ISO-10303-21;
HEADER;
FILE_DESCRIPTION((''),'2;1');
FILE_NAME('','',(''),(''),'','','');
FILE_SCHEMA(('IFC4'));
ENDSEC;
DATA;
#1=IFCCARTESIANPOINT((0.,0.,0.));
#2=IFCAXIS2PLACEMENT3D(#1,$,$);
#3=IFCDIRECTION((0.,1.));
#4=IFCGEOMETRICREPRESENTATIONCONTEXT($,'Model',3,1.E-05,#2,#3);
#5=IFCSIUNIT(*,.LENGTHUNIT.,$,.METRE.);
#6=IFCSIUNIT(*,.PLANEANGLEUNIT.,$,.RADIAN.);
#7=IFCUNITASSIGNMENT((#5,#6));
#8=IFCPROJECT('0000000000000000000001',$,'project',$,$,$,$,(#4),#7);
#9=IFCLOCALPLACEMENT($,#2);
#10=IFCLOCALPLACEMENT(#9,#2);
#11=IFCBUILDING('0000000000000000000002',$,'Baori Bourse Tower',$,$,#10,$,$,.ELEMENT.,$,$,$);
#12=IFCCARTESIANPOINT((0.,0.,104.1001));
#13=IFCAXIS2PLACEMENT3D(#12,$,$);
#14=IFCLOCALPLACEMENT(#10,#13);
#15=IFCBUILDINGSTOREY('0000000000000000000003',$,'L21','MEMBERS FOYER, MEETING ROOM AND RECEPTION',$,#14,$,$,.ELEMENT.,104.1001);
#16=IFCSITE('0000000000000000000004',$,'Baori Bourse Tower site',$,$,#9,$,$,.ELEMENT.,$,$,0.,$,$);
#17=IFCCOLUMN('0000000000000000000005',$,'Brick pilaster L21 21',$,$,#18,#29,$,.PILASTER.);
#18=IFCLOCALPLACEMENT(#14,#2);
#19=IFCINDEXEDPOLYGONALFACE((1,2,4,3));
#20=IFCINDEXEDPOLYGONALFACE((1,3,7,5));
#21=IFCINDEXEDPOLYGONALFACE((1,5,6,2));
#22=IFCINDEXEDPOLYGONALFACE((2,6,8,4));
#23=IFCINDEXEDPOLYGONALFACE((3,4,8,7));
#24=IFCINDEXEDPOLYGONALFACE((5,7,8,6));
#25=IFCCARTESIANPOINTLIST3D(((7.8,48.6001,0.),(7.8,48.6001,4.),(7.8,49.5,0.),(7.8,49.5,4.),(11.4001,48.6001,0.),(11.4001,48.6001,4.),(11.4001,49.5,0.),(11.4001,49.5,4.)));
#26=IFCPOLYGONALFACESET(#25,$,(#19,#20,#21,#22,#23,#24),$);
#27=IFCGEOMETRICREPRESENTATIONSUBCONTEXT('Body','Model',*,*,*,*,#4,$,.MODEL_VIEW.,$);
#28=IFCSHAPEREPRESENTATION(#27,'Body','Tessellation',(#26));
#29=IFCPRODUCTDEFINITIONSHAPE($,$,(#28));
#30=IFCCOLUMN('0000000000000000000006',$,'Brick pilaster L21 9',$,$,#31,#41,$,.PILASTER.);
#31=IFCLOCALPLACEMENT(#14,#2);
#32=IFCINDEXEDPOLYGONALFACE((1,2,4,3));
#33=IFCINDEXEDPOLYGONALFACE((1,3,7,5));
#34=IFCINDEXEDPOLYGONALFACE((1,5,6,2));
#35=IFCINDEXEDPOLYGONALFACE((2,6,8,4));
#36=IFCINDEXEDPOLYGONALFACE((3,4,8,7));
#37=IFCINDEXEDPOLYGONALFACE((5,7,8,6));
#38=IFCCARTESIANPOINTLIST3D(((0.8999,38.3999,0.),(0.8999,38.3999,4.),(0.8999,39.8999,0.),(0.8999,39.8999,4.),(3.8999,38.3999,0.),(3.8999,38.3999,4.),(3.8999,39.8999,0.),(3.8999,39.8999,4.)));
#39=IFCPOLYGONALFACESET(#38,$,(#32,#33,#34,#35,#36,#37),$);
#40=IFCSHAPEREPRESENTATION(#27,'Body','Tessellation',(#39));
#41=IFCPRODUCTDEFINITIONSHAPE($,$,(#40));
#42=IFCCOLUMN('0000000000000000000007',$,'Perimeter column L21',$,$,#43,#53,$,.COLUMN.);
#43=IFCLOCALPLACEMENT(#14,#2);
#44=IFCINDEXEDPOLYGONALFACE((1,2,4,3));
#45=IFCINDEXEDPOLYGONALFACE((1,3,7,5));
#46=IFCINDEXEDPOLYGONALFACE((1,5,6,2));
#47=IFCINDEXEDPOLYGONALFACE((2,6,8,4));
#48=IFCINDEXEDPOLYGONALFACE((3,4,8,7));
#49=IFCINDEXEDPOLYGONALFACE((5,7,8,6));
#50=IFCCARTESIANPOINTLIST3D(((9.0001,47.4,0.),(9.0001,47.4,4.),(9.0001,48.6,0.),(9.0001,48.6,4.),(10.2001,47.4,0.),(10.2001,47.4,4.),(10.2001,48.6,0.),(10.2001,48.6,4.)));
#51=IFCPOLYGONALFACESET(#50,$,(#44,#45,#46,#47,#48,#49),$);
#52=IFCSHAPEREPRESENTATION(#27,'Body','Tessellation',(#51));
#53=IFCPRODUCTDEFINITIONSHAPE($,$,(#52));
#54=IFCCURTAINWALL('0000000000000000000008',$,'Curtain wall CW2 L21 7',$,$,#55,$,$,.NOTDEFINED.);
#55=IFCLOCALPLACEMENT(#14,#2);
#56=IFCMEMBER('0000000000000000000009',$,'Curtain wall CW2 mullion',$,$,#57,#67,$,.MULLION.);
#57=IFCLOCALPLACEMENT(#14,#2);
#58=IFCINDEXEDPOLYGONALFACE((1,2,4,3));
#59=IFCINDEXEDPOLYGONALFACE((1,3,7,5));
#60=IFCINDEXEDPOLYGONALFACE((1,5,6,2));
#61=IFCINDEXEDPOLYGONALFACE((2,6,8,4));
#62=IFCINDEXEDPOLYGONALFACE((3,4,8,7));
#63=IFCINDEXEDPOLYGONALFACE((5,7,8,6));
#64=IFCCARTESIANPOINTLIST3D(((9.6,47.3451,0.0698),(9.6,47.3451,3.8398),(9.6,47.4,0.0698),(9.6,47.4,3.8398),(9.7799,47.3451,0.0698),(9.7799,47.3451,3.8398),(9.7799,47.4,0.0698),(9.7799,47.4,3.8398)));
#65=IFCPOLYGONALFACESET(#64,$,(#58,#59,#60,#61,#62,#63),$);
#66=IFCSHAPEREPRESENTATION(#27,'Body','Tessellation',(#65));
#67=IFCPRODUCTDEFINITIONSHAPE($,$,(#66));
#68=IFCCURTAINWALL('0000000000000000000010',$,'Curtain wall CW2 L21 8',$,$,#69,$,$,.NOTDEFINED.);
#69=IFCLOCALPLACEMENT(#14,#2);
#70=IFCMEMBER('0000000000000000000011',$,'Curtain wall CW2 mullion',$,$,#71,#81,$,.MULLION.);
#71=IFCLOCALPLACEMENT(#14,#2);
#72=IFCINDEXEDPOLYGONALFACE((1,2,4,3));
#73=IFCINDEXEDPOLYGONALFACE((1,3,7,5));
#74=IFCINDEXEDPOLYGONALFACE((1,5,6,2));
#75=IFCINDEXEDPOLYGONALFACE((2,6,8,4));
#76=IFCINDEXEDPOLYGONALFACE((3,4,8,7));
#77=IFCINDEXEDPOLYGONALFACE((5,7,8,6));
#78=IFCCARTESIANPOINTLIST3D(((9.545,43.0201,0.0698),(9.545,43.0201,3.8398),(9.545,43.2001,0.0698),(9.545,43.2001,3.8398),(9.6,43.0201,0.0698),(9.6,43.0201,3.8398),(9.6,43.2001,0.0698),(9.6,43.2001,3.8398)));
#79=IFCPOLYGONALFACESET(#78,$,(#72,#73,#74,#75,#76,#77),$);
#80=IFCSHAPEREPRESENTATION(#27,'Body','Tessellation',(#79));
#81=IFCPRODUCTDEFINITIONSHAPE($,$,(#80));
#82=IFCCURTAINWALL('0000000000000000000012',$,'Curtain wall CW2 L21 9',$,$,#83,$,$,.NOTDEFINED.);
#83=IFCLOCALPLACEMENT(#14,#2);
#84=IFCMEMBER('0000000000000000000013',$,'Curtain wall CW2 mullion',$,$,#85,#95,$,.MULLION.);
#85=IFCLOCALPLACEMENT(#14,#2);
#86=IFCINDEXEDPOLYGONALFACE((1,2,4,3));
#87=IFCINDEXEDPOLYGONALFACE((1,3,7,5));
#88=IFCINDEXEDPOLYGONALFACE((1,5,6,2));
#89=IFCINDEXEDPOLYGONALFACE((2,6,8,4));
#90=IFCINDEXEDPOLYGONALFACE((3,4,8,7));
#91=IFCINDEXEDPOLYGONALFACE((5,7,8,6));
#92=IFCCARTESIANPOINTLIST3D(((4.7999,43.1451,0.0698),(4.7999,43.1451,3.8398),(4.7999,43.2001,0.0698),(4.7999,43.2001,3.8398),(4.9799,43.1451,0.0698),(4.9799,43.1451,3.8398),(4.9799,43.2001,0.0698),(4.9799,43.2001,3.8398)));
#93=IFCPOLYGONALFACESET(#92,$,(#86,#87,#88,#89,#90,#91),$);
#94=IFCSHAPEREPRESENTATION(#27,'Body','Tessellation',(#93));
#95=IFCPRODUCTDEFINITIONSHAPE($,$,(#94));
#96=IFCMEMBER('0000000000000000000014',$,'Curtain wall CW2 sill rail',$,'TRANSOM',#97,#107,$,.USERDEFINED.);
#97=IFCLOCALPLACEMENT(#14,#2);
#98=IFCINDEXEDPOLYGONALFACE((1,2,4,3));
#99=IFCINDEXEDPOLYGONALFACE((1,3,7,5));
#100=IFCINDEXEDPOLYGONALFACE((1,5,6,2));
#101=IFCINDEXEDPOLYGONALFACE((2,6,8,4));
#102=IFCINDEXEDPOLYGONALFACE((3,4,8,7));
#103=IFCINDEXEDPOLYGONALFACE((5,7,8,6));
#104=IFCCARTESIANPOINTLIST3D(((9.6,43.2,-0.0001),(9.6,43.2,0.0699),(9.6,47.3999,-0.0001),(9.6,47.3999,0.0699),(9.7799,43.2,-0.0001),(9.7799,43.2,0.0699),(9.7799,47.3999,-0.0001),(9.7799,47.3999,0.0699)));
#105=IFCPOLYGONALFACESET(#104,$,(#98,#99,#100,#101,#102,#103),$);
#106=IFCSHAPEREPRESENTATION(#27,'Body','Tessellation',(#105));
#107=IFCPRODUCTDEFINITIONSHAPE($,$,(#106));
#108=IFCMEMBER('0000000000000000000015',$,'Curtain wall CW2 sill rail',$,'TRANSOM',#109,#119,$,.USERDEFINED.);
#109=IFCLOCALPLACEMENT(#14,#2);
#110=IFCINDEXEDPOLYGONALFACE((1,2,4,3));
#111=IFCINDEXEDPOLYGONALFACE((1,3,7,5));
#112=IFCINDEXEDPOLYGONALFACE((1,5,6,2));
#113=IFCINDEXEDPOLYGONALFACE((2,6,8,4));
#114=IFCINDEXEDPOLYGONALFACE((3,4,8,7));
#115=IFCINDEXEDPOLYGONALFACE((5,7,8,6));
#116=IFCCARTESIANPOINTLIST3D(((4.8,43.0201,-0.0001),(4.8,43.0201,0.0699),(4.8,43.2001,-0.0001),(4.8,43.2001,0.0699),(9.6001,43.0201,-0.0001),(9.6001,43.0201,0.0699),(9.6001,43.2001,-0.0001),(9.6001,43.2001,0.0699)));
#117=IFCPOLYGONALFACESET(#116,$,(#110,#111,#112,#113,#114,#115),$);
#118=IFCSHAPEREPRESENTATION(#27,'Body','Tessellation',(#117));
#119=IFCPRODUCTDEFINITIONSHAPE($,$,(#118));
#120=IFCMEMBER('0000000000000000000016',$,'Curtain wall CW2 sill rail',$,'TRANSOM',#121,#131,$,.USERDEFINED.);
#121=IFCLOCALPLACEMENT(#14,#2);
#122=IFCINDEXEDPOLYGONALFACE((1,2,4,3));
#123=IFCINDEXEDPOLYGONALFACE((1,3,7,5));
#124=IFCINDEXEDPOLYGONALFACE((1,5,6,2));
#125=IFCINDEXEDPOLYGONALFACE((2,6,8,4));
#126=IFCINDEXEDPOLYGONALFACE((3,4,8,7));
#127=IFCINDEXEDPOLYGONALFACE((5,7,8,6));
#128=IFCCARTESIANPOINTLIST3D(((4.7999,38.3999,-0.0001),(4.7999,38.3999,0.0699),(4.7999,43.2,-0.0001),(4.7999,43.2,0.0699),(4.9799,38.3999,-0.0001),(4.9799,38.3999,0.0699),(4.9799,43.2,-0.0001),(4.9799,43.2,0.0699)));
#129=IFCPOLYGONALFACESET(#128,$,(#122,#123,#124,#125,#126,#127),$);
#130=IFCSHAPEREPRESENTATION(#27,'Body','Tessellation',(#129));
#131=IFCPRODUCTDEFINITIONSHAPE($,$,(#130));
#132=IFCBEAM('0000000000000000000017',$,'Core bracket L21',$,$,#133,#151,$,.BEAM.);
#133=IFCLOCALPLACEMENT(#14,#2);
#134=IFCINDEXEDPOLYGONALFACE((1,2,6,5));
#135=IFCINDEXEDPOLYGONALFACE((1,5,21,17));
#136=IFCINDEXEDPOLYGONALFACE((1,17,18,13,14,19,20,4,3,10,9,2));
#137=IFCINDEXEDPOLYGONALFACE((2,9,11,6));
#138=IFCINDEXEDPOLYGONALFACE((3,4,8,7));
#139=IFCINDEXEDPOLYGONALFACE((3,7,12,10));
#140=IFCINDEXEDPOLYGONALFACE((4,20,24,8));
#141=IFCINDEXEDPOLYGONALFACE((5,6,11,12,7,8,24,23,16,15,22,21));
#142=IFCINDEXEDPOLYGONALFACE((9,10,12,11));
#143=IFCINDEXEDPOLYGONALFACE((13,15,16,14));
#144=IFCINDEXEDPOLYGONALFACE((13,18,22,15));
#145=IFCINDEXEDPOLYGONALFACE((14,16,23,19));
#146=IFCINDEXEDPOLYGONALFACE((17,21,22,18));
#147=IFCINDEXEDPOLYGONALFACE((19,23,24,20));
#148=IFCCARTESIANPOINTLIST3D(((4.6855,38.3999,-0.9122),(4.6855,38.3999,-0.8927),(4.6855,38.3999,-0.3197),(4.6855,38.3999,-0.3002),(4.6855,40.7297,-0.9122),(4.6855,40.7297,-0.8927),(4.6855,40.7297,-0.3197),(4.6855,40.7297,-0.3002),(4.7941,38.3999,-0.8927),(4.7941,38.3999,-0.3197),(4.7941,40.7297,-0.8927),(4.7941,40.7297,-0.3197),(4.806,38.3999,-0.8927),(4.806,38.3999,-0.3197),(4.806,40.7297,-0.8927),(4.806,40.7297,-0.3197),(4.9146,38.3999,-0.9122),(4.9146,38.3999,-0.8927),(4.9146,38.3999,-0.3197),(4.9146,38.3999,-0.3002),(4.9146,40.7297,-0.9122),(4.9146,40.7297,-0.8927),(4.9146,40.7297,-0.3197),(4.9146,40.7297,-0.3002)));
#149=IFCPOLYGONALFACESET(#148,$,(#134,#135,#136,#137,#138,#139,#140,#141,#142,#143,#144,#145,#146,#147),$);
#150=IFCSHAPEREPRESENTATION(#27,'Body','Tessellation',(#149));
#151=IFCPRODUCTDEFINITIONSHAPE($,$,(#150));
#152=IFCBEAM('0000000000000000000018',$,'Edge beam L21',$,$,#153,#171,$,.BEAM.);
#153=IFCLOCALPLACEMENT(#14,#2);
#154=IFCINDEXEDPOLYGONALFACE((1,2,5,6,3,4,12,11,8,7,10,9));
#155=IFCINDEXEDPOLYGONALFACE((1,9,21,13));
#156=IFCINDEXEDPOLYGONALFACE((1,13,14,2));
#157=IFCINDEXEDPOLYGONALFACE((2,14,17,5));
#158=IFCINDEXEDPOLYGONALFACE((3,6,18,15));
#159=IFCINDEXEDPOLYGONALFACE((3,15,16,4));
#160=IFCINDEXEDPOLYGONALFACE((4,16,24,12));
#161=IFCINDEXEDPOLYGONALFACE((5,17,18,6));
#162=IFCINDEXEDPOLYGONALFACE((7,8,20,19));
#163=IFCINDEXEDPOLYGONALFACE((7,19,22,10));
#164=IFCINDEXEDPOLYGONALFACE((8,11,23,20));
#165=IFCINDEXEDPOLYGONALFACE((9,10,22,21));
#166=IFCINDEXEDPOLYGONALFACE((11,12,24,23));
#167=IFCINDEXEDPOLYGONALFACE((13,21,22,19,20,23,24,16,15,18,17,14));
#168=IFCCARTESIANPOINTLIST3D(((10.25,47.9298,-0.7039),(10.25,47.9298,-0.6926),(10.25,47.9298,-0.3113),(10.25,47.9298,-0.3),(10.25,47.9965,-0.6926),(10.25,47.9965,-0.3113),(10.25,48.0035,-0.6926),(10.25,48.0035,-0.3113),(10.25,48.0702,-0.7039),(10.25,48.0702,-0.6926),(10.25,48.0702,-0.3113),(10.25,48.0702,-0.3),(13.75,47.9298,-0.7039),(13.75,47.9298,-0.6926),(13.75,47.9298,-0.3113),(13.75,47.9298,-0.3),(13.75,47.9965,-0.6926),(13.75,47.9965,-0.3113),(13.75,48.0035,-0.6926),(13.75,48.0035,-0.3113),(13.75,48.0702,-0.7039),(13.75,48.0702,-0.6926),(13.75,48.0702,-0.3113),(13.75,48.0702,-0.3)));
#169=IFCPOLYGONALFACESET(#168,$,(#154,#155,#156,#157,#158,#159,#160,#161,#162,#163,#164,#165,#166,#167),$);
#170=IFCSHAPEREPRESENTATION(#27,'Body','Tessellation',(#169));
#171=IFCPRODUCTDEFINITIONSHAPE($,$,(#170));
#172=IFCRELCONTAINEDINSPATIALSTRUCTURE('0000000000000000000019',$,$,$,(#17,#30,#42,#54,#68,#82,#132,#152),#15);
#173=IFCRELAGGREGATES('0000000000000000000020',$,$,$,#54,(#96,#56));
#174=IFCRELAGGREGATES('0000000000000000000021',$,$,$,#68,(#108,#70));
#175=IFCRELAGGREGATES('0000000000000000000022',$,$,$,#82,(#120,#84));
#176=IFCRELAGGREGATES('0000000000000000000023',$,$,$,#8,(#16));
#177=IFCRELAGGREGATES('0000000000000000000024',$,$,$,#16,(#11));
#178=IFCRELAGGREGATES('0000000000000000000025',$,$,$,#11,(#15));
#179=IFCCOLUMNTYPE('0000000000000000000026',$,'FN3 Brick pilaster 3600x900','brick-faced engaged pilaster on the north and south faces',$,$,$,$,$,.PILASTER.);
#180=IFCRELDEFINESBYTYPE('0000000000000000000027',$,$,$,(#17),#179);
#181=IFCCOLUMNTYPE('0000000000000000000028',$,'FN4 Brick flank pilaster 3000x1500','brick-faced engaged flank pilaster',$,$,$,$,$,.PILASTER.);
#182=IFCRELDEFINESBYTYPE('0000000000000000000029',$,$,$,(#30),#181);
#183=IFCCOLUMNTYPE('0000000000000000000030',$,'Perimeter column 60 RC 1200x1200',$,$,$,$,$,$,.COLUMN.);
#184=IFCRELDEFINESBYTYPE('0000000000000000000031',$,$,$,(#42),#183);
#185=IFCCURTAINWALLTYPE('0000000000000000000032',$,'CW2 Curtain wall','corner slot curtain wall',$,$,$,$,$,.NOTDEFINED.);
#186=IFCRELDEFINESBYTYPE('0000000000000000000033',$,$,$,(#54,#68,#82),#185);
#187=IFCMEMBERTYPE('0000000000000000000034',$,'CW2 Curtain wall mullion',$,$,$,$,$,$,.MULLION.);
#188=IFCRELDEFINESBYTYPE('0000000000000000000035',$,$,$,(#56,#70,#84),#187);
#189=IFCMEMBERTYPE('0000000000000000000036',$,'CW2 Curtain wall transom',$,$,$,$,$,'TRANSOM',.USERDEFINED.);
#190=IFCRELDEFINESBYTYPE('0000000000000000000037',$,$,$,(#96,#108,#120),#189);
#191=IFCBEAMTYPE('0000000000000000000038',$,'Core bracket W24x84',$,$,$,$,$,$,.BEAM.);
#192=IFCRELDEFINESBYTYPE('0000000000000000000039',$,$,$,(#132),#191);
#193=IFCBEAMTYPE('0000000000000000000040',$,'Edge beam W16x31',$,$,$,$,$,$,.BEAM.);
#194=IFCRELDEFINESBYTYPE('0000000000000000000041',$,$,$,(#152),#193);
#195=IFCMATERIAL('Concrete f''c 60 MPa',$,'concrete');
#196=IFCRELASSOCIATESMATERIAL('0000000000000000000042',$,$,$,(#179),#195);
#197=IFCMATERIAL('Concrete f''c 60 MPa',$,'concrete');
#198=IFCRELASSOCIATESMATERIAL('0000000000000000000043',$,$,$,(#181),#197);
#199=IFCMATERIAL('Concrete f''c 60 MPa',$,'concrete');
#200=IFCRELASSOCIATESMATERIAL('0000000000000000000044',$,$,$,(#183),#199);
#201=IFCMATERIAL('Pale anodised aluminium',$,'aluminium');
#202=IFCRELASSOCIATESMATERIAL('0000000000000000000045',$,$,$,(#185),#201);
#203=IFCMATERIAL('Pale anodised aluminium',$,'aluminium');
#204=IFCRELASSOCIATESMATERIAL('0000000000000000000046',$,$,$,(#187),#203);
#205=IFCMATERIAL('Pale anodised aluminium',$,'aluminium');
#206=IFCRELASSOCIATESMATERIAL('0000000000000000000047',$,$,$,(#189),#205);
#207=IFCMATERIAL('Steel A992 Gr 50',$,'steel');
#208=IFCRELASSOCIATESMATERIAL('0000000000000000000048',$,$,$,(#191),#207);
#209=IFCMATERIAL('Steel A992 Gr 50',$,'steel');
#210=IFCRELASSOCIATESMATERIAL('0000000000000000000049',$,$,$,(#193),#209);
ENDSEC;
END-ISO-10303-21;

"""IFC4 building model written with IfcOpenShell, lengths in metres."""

from ifc_helpers import new_model, si_unit, direction, frame, origin, origin_2d, place, context, subcontext, project, spatial, rectangle, i_section, extrude, material, material_profile, profile_set, type_object, element, aggregate, save


model = new_model("IFC4")

# Units and contexts
model_context = context("Model", 3, precision=1e-05, world=origin(), true_north=direction((0.0, 1.0)))
body_context = subcontext(model_context, "Body", "Model", "MODEL_VIEW")
ifc_project = project(units=[si_unit("LENGTHUNIT", "METRE"), si_unit("PLANEANGLEUNIT", "RADIAN")], contexts=[model_context])

# Site, building, storey
site_placement = place(None, origin())
site = spatial("IfcSite", under=ifc_project, at=site_placement, Name="Baori Bourse Tower site", CompositionType="ELEMENT", RefElevation=0.0)
building_placement = place(site_placement, origin())
building = spatial("IfcBuilding", under=site, at=building_placement, Name="Baori Bourse Tower", CompositionType="ELEMENT")
storey_placement = place(building_placement, frame((0.0, 0.0, 104.1001)))
storey = spatial("IfcBuildingStorey", under=building, at=storey_placement, Name="L21", Description="MEMBERS FOYER, MEETING ROOM AND RECEPTION", CompositionType="ELEMENT", Elevation=104.1001)

# Columns
ifc_material_1 = material(Name="Concrete f'c 60 MPa", Category="concrete")
ifc_material_profile_1 = material_profile(ifc_material_1, rectangle(XDim=3.6001, YDim=0.8999, at=origin_2d()), Name="RC 3600x900")
ifc_profile_set_1 = profile_set([ifc_material_profile_1], Name="Concrete f'c 60 MPa")
column_type_1 = type_object("IfcColumnType", Name="FN3 Brick pilaster 3600x900", Description="brick-faced engaged pilaster on the north and south faces", PredefinedType="PILASTER", material=ifc_profile_set_1)
column_1_placement = place(storey_placement, frame((9.6001, 49.05, 0.0), z_axis=(0.0, 0.0, 1.0), x_axis=(1.0, 0.0, 0.0)))
element("IfcColumn", 1, at=column_1_placement, inside=storey, type_object=column_type_1, Name="Brick pilaster L21 21", PredefinedType="PILASTER", context=body_context, shape_type="SweptSolid", body=[
    extrude(rectangle(XDim=3.6001, YDim=0.8999, at=origin_2d()), origin(), (0.0, 0.0, 1.0), 4.0),
])
ifc_material_2 = material(Name="Concrete f'c 60 MPa", Category="concrete")
ifc_material_profile_2 = material_profile(ifc_material_2, rectangle(XDim=3.0, YDim=1.5, at=origin_2d()), Name="RC 3000x1500")
ifc_profile_set_2 = profile_set([ifc_material_profile_2], Name="Concrete f'c 60 MPa")
column_type_2 = type_object("IfcColumnType", Name="FN4 Brick flank pilaster 3000x1500", Description="brick-faced engaged flank pilaster", PredefinedType="PILASTER", material=ifc_profile_set_2)
column_2_placement = place(storey_placement, frame((2.3999, 39.1499, 0.0), z_axis=(0.0, 0.0, 1.0), x_axis=(1.0, 0.0, 0.0)))
element("IfcColumn", 2, at=column_2_placement, inside=storey, type_object=column_type_2, Name="Brick pilaster L21 9", PredefinedType="PILASTER", context=body_context, shape_type="SweptSolid", body=[
    extrude(rectangle(XDim=3.0, YDim=1.5, at=origin_2d()), origin(), (0.0, 0.0, 1.0), 4.0),
])
ifc_material_3 = material(Name="Concrete f'c 60 MPa", Category="concrete")
ifc_material_profile_3 = material_profile(ifc_material_3, rectangle(XDim=1.2, YDim=1.2, at=origin_2d()), Name="RC 1200x1200")
ifc_profile_set_3 = profile_set([ifc_material_profile_3], Name="Concrete f'c 60 MPa")
column_type_3 = type_object("IfcColumnType", Name="Perimeter column 60 RC 1200x1200", PredefinedType="COLUMN", material=ifc_profile_set_3)
column_3_placement = place(storey_placement, frame((9.6001, 48.0, 0.0), z_axis=(0.0, 0.0, 1.0), x_axis=(1.0, 0.0, 0.0)))
element("IfcColumn", 3, at=column_3_placement, inside=storey, type_object=column_type_3, Name="Perimeter column L21", PredefinedType="COLUMN", context=body_context, shape_type="SweptSolid", body=[
    extrude(rectangle(XDim=1.2, YDim=1.2, at=origin_2d()), origin(), (0.0, 0.0, 1.0), 4.0),
])

# Curtain walls, members
ifc_material_4 = material(Name="Pale anodised aluminium", Category="aluminium")
curtain_wall_type = type_object("IfcCurtainWallType", Name="CW2 Curtain wall", Description="corner slot curtain wall", PredefinedType="NOTDEFINED", material=ifc_material_4)
curtain_wall_1_placement = place(storey_placement, origin())
curtain_wall_1 = element("IfcCurtainWall", 4, at=curtain_wall_1_placement, inside=storey, type_object=curtain_wall_type, Name="Curtain wall CW2 L21 7", PredefinedType="NOTDEFINED")
ifc_material_5 = material(Name="Pale anodised aluminium", Category="aluminium")
ifc_material_profile_4 = material_profile(ifc_material_5, rectangle(XDim=0.1799, YDim=0.0549, at=origin_2d()), Name="Mullion 55x180")
ifc_profile_set_4 = profile_set([ifc_material_profile_4], Name="Pale anodised aluminium")
member_type_1 = type_object("IfcMemberType", Name="CW2 Curtain wall mullion", PredefinedType="MULLION", material=ifc_profile_set_4)
member_1_placement = place(storey_placement, frame((9.6899, 47.3726, 0.0698), z_axis=(0.0, 0.0, 1.0), x_axis=(1.0, 0.0, 0.0)))
member_1 = element("IfcMember", 5, at=member_1_placement, type_object=member_type_1, Name="Curtain wall CW2 mullion", PredefinedType="MULLION", context=body_context, shape_type="SweptSolid", body=[
    extrude(rectangle(XDim=0.1799, YDim=0.0549, at=origin_2d()), origin(), (0.0, 0.0, 1.0), 3.77),
])
curtain_wall_2_placement = place(storey_placement, origin())
curtain_wall_2 = element("IfcCurtainWall", 6, at=curtain_wall_2_placement, inside=storey, type_object=curtain_wall_type, Name="Curtain wall CW2 L21 8", PredefinedType="NOTDEFINED")
member_2_placement = place(storey_placement, frame((9.5725, 43.1101, 0.0698), z_axis=(0.0, 0.0, 1.0), x_axis=(0.0, -1.0, 0.0)))
member_2 = element("IfcMember", 7, at=member_2_placement, type_object=member_type_1, Name="Curtain wall CW2 mullion", PredefinedType="MULLION", context=body_context, shape_type="SweptSolid", body=[
    extrude(rectangle(XDim=0.1799, YDim=0.0549, at=origin_2d()), origin(), (0.0, 0.0, 1.0), 3.77),
])
curtain_wall_3_placement = place(storey_placement, origin())
curtain_wall_3 = element("IfcCurtainWall", 8, at=curtain_wall_3_placement, inside=storey, type_object=curtain_wall_type, Name="Curtain wall CW2 L21 9", PredefinedType="NOTDEFINED")
member_3_placement = place(storey_placement, frame((4.8899, 43.1726, 0.0698), z_axis=(0.0, 0.0, 1.0), x_axis=(1.0, 0.0, 0.0)))
member_3 = element("IfcMember", 9, at=member_3_placement, type_object=member_type_1, Name="Curtain wall CW2 mullion", PredefinedType="MULLION", context=body_context, shape_type="SweptSolid", body=[
    extrude(rectangle(XDim=0.1799, YDim=0.0549, at=origin_2d()), origin(), (0.0, 0.0, 1.0), 3.77),
])

# Members
ifc_material_6 = material(Name="Pale anodised aluminium", Category="aluminium")
ifc_material_profile_5 = material_profile(ifc_material_6, rectangle(XDim=0.1799, YDim=0.0701, at=origin_2d()), Name="Transom 70x180")
ifc_profile_set_5 = profile_set([ifc_material_profile_5], Name="Pale anodised aluminium")
member_type_2 = type_object("IfcMemberType", Name="CW2 Curtain wall transom", ElementType="TRANSOM", PredefinedType="USERDEFINED", material=ifc_profile_set_5)
member_4_placement = place(storey_placement, frame((9.6899, 47.3999, 0.0349), z_axis=(0.0, -1.0, 0.0), x_axis=(1.0, 0.0, 0.0)))
member_4 = element("IfcMember", 10, at=member_4_placement, type_object=member_type_2, Name="Curtain wall CW2 sill rail", ObjectType="TRANSOM", PredefinedType="USERDEFINED", context=body_context, shape_type="SweptSolid", body=[
    extrude(rectangle(XDim=0.1799, YDim=0.0701, at=origin_2d()), origin(), (0.0, 0.0, 1.0), 4.2),
])
member_5_placement = place(storey_placement, frame((9.6001, 43.1101, 0.0349), z_axis=(-1.0, 0.0, 0.0), x_axis=(0.0, -1.0, 0.0)))
member_5 = element("IfcMember", 11, at=member_5_placement, type_object=member_type_2, Name="Curtain wall CW2 sill rail", ObjectType="TRANSOM", PredefinedType="USERDEFINED", context=body_context, shape_type="SweptSolid", body=[
    extrude(rectangle(XDim=0.1799, YDim=0.0701, at=origin_2d()), origin(), (0.0, 0.0, 1.0), 4.8),
])
member_6_placement = place(storey_placement, frame((4.8899, 43.2, 0.0349), z_axis=(0.0, -1.0, 0.0), x_axis=(1.0, 0.0, 0.0)))
member_6 = element("IfcMember", 12, at=member_6_placement, type_object=member_type_2, Name="Curtain wall CW2 sill rail", ObjectType="TRANSOM", PredefinedType="USERDEFINED", context=body_context, shape_type="SweptSolid", body=[
    extrude(rectangle(XDim=0.1799, YDim=0.0701, at=origin_2d()), origin(), (0.0, 0.0, 1.0), 4.8),
])

# Beams
ifc_material_7 = material(Name="Steel A992 Gr 50", Category="steel")
ifc_material_profile_6 = material_profile(ifc_material_7, i_section(OverallWidth=0.229, OverallDepth=0.6121, WebThickness=0.012, FlangeThickness=0.0195, at=origin_2d()), Name="W24x84")
ifc_profile_set_6 = profile_set([ifc_material_profile_6], Name="Steel A992 Gr 50")
beam_type_1 = type_object("IfcBeamType", Name="Core bracket W24x84", PredefinedType="BEAM", material=ifc_profile_set_6)
beam_1_placement = place(storey_placement, frame((4.8, 38.3999, -0.6062), z_axis=(0.0, 1.0, 0.0), x_axis=(-1.0, 0.0, 0.0)))
element("IfcBeam", 13, at=beam_1_placement, inside=storey, type_object=beam_type_1, Name="Core bracket L21", PredefinedType="BEAM", context=body_context, shape_type="SweptSolid", body=[
    extrude(i_section(OverallWidth=0.229, OverallDepth=0.6121, WebThickness=0.012, FlangeThickness=0.0195, at=origin_2d()), origin(), (0.0, 0.0, 1.0), 2.3298),
])
ifc_material_8 = material(Name="Steel A992 Gr 50", Category="steel")
ifc_material_profile_7 = material_profile(ifc_material_8, i_section(OverallWidth=0.1404, OverallDepth=0.4038, WebThickness=0.0071, FlangeThickness=0.0112, at=origin_2d()), Name="W16x31")
ifc_profile_set_7 = profile_set([ifc_material_profile_7], Name="Steel A992 Gr 50")
beam_type_2 = type_object("IfcBeamType", Name="Edge beam W16x31", PredefinedType="BEAM", material=ifc_profile_set_7)
beam_2_placement = place(storey_placement, frame((10.25, 48.0, -0.502), z_axis=(1.0, 0.0, 0.0), x_axis=(0.0, 1.0, 0.0)))
element("IfcBeam", 14, at=beam_2_placement, inside=storey, type_object=beam_type_2, Name="Edge beam L21", PredefinedType="BEAM", context=body_context, shape_type="SweptSolid", body=[
    extrude(i_section(OverallWidth=0.1404, OverallDepth=0.4038, WebThickness=0.0071, FlangeThickness=0.0112, at=origin_2d()), origin(), (0.0, 0.0, 1.0), 3.5),
])

aggregate(curtain_wall_1, [member_4, member_1])
aggregate(curtain_wall_2, [member_5, member_2])
aggregate(curtain_wall_3, [member_6, member_3])

save(model, "model.ifc")
